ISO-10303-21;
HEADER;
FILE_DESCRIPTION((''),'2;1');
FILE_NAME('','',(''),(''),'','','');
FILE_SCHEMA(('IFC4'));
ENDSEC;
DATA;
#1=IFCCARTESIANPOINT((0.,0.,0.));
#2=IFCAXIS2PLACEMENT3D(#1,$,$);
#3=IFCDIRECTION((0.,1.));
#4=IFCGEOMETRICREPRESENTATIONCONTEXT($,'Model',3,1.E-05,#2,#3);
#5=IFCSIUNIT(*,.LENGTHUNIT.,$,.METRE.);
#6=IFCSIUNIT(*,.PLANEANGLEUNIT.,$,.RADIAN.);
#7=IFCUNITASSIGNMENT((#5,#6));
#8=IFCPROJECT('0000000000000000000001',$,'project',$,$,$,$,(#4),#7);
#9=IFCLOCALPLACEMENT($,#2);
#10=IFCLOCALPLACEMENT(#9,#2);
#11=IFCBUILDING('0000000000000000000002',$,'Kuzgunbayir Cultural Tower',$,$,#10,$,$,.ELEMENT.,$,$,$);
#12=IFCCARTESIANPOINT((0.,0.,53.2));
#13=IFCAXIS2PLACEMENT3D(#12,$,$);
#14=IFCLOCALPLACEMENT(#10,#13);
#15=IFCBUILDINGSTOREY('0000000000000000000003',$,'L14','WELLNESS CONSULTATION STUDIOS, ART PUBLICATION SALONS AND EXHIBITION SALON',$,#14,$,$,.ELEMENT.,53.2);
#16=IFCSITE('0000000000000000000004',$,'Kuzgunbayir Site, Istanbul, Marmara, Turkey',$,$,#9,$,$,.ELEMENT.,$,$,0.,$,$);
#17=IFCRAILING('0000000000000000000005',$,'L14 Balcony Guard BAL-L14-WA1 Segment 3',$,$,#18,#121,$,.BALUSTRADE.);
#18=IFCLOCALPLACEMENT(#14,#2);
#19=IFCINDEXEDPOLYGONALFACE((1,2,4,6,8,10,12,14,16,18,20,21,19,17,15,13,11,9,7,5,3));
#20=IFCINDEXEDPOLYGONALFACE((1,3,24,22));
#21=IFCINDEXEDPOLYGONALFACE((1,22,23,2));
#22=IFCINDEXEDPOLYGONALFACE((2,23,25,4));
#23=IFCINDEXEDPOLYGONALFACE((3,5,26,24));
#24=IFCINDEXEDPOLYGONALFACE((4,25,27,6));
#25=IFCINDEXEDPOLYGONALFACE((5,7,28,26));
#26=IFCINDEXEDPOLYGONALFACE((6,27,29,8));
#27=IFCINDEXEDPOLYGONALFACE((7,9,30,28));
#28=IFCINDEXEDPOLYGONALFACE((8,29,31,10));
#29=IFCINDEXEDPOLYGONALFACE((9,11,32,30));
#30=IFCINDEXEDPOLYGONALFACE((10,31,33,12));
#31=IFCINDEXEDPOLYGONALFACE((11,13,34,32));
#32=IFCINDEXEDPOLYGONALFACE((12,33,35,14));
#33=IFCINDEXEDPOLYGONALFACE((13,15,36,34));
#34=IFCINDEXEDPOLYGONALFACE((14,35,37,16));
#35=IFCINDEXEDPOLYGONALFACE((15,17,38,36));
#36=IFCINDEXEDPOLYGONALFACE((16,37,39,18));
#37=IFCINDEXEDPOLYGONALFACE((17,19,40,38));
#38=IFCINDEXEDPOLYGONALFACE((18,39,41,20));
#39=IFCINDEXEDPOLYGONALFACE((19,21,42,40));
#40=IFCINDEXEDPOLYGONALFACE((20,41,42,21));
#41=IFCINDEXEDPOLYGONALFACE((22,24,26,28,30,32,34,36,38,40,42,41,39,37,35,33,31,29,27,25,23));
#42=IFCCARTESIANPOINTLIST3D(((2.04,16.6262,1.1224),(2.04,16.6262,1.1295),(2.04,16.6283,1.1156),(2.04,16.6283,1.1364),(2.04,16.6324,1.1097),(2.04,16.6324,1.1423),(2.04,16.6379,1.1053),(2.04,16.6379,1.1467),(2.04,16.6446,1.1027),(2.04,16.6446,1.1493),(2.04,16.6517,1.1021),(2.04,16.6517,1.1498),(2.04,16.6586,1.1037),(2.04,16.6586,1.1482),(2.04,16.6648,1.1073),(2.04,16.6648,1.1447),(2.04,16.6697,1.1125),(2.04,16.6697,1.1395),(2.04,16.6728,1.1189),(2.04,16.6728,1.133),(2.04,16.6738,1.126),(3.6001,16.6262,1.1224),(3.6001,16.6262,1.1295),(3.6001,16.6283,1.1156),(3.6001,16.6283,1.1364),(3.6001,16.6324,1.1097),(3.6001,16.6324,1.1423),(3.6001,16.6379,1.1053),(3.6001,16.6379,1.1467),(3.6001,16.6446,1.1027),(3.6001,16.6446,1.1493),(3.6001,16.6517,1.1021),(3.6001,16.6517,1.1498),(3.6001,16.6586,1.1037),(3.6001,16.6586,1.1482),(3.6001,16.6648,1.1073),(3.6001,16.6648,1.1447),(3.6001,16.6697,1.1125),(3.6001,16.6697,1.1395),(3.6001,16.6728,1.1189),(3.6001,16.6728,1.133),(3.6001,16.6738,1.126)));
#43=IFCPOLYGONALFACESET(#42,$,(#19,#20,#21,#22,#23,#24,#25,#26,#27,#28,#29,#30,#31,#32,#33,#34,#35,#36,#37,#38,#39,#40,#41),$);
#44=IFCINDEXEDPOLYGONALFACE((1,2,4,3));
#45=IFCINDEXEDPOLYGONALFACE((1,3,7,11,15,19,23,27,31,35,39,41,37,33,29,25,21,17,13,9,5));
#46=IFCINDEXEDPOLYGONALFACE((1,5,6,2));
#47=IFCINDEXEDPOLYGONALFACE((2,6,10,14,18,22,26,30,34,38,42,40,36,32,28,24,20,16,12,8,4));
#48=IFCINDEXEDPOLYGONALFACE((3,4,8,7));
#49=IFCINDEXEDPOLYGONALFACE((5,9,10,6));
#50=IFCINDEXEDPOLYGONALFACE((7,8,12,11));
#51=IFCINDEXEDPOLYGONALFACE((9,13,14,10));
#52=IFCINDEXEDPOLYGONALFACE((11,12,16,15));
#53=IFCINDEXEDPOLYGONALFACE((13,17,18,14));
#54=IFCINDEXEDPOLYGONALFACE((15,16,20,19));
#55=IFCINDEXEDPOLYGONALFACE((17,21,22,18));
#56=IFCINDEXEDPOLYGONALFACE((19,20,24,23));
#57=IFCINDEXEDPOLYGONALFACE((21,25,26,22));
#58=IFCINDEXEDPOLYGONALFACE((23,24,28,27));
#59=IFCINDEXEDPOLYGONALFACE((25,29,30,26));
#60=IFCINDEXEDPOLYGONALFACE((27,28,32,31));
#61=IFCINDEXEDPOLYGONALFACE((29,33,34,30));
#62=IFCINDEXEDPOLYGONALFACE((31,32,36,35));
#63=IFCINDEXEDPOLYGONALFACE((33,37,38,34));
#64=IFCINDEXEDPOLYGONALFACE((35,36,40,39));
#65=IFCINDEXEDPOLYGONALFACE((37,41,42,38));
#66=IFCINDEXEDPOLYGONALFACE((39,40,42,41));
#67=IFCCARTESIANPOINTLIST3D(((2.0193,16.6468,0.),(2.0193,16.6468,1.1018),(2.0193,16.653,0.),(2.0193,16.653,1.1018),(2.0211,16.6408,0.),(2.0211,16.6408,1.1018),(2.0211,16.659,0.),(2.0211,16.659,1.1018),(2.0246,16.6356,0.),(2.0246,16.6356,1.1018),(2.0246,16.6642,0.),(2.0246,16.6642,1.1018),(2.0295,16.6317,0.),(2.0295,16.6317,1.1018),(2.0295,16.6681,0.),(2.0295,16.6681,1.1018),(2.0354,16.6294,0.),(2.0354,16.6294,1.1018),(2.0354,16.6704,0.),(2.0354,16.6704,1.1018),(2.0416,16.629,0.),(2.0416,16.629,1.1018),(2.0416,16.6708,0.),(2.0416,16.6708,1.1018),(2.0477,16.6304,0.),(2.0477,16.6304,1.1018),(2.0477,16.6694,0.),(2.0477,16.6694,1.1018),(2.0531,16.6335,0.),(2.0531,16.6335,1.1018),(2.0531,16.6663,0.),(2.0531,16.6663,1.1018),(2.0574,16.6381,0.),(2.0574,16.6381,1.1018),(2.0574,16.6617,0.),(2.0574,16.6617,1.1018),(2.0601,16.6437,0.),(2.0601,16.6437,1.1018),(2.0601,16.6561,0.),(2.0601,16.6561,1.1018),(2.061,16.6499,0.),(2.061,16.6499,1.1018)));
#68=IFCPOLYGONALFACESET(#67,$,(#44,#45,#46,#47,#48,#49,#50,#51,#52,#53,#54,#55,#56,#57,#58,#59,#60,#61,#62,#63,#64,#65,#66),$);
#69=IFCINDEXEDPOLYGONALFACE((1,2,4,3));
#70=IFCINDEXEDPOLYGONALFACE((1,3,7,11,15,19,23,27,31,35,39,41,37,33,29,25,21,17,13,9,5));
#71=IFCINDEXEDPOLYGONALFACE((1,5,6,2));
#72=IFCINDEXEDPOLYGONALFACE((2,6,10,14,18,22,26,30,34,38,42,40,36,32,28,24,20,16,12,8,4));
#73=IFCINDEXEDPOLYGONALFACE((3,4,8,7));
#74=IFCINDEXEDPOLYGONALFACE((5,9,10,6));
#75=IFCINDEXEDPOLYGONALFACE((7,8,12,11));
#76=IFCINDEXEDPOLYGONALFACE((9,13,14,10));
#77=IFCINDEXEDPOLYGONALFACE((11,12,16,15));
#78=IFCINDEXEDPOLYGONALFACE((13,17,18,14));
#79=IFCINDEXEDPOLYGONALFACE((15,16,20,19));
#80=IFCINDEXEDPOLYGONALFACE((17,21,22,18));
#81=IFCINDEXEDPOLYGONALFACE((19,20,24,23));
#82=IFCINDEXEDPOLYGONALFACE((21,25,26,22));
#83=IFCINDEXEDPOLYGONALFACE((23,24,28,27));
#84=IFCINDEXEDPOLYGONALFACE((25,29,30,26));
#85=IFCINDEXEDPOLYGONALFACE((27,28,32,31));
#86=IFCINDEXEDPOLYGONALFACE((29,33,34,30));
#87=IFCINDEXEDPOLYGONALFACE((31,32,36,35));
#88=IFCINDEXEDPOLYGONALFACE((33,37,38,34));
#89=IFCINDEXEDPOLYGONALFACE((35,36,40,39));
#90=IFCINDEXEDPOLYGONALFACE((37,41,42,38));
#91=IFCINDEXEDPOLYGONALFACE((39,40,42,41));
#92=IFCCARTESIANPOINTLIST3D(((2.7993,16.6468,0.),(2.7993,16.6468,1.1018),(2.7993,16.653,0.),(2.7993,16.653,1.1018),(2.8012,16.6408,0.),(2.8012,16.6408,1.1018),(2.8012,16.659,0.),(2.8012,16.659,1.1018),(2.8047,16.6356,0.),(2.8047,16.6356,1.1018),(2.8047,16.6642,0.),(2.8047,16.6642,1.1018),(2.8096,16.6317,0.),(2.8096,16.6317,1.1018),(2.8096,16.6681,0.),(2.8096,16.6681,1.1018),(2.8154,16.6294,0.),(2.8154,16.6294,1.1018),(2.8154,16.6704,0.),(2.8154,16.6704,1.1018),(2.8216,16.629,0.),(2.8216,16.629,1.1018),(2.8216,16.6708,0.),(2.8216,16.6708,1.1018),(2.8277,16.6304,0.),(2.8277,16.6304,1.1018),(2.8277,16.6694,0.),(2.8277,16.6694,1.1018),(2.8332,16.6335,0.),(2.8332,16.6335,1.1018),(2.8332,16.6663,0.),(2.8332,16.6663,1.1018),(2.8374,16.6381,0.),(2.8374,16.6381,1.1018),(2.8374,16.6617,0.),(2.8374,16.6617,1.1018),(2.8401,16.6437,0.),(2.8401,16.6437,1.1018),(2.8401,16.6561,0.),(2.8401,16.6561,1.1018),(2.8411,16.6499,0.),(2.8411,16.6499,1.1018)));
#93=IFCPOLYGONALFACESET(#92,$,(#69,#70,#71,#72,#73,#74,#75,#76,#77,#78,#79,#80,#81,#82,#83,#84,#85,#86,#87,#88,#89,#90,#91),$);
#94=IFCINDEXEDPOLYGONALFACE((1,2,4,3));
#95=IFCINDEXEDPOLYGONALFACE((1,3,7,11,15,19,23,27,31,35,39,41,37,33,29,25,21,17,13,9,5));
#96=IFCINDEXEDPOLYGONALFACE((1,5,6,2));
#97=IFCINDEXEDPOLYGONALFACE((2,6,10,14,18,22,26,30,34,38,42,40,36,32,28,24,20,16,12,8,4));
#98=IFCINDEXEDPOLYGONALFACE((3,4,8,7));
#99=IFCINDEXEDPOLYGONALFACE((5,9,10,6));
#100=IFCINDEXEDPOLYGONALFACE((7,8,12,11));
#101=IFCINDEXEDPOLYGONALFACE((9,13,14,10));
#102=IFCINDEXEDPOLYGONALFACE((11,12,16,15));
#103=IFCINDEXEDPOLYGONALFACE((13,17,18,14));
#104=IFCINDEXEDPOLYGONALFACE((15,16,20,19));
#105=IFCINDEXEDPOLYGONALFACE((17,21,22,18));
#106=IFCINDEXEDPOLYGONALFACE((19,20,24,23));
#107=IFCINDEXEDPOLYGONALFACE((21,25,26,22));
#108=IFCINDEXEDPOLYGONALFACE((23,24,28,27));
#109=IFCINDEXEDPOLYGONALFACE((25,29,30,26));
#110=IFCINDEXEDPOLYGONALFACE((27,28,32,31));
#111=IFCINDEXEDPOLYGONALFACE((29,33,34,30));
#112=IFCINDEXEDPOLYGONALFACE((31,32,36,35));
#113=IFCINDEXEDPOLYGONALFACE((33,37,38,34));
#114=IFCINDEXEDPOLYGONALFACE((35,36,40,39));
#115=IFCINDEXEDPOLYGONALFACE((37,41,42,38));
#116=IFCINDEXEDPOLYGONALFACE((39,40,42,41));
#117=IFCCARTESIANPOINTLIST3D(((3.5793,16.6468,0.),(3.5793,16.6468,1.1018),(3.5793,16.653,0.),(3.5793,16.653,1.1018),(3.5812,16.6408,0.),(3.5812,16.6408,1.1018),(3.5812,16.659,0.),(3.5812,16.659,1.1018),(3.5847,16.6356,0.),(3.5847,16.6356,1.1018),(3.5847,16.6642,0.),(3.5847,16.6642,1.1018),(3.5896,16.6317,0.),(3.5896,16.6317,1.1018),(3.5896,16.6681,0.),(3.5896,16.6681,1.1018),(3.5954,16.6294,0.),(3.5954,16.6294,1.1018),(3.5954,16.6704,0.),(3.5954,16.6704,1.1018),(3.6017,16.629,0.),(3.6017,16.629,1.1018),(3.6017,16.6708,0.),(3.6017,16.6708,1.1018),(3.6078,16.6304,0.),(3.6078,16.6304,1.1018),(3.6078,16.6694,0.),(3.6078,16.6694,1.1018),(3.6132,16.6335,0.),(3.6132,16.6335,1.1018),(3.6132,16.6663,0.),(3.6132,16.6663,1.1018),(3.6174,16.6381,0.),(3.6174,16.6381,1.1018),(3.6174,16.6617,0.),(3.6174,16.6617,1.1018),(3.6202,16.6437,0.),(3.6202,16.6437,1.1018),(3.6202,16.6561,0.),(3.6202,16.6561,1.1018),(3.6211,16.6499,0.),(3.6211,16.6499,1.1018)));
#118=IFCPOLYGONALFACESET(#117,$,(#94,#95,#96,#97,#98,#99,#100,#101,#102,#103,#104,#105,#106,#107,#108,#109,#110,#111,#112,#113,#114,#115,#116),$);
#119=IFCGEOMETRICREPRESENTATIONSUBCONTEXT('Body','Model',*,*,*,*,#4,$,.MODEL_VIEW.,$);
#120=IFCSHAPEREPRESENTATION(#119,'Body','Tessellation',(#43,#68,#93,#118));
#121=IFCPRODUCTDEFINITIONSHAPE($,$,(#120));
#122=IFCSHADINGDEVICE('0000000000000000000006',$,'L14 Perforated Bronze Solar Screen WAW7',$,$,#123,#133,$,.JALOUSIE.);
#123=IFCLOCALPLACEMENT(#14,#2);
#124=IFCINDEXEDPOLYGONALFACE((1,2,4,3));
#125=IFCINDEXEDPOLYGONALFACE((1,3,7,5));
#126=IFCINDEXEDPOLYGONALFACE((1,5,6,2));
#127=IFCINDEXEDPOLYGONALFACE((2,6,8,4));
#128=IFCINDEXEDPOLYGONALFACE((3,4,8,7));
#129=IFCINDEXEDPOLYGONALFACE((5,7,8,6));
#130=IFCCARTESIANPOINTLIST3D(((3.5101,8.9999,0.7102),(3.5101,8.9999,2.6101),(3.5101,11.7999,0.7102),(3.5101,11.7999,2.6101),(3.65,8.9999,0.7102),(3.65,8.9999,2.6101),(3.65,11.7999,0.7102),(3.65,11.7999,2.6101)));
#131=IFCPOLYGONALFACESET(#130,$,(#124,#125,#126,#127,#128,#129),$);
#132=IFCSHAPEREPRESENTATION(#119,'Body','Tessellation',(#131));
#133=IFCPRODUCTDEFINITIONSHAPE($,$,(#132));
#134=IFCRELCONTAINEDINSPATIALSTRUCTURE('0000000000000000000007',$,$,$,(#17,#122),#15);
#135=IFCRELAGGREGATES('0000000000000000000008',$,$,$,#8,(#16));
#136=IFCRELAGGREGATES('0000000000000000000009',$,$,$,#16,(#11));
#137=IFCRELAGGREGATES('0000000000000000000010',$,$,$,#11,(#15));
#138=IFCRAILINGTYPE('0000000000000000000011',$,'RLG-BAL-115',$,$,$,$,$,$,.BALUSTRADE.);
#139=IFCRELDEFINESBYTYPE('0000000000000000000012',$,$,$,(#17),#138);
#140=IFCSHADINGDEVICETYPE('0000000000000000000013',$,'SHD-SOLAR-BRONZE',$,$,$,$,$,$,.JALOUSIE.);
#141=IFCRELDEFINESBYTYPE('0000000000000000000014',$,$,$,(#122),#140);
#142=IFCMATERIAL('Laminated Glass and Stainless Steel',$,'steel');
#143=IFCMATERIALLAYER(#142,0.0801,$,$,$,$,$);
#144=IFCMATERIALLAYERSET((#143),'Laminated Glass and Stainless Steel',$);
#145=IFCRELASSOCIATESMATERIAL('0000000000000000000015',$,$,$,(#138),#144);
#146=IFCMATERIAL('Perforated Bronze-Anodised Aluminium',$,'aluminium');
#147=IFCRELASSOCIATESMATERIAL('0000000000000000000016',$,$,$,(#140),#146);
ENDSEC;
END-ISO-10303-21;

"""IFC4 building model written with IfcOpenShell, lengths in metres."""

from ifc_helpers import new_model, si_unit, direction, frame, origin, origin_2d, place, context, subcontext, project, spatial, rectangle, circle, extrude, material, layer, layer_set, type_object, element, save


model = new_model("IFC4")

# Units and contexts
model_context = context("Model", 3, precision=1e-05, world=origin(), true_north=direction((0.0, 1.0)))
body_context = subcontext(model_context, "Body", "Model", "MODEL_VIEW")
ifc_project = project(units=[si_unit("LENGTHUNIT", "METRE"), si_unit("PLANEANGLEUNIT", "RADIAN")], contexts=[model_context])

# Site, building, storey
site_placement = place(None, origin())
site = spatial("IfcSite", under=ifc_project, at=site_placement, Name="Kuzgunbayir Site, Istanbul, Marmara, Turkey", CompositionType="ELEMENT", RefElevation=0.0)
building_placement = place(site_placement, origin())
building = spatial("IfcBuilding", under=site, at=building_placement, Name="Kuzgunbayir Cultural Tower", CompositionType="ELEMENT")
storey_placement = place(building_placement, frame((0.0, 0.0, 53.2)))
storey = spatial("IfcBuildingStorey", under=building, at=storey_placement, Name="L14", Description="WELLNESS CONSULTATION STUDIOS, ART PUBLICATION SALONS AND EXHIBITION SALON", CompositionType="ELEMENT", Elevation=53.2)

# Railing
ifc_material_1 = material(Name="Laminated Glass and Stainless Steel", Category="steel")
ifc_layer_1 = layer(ifc_material_1, 0.0801)
ifc_layer_set_1 = layer_set([ifc_layer_1], Name="Laminated Glass and Stainless Steel")
railing_type = type_object("IfcRailingType", Name="RLG-BAL-115", PredefinedType="BALUSTRADE", material=ifc_layer_set_1)
railing_1_placement = place(storey_placement, frame((2.04, 16.6499, 0.0)))
element("IfcRailing", 1, at=railing_1_placement, inside=storey, type_object=railing_type, Name="L14 Balcony Guard BAL-L14-WA1 Segment 3", PredefinedType="BALUSTRADE", context=body_context, shape_type="SweptSolid", body=[
    extrude(circle(Radius=0.0239, at=origin_2d()), frame((0.0, 0.0, 1.126), z_axis=(1.0, 0.0, 0.0), x_axis=(0.0, 1.0, 0.0)), (0.0, 0.0, 1.0), 1.5601),
    extrude(circle(Radius=0.021, at=origin_2d()), origin(), (0.0, 0.0, 1.0), 1.1018),
    extrude(circle(Radius=0.021, at=origin_2d()), frame((0.78, 0.0, 0.0)), (0.0, 0.0, 1.0), 1.1018),
    extrude(circle(Radius=0.021, at=origin_2d()), frame((1.5601, 0.0, 0.0)), (0.0, 0.0, 1.0), 1.1018),
])

# Shading device
ifc_material_2 = material(Name="Perforated Bronze-Anodised Aluminium", Category="aluminium")
shading_device_type = type_object("IfcShadingDeviceType", Name="SHD-SOLAR-BRONZE", PredefinedType="JALOUSIE", material=ifc_material_2)
shading_device_placement = place(storey_placement, frame((3.5801, 10.3999, 0.7102), z_axis=(0.0, 0.0, 1.0), x_axis=(1.0, 0.0, 0.0)))
element("IfcShadingDevice", 2, at=shading_device_placement, inside=storey, type_object=shading_device_type, Name="L14 Perforated Bronze Solar Screen WAW7", PredefinedType="JALOUSIE", context=body_context, shape_type="SweptSolid", body=[
    extrude(rectangle(XDim=0.1399, YDim=2.8, at=origin_2d()), origin(), (0.0, 0.0, 1.0), 1.8999),
])

save(model, "model.ifc")
